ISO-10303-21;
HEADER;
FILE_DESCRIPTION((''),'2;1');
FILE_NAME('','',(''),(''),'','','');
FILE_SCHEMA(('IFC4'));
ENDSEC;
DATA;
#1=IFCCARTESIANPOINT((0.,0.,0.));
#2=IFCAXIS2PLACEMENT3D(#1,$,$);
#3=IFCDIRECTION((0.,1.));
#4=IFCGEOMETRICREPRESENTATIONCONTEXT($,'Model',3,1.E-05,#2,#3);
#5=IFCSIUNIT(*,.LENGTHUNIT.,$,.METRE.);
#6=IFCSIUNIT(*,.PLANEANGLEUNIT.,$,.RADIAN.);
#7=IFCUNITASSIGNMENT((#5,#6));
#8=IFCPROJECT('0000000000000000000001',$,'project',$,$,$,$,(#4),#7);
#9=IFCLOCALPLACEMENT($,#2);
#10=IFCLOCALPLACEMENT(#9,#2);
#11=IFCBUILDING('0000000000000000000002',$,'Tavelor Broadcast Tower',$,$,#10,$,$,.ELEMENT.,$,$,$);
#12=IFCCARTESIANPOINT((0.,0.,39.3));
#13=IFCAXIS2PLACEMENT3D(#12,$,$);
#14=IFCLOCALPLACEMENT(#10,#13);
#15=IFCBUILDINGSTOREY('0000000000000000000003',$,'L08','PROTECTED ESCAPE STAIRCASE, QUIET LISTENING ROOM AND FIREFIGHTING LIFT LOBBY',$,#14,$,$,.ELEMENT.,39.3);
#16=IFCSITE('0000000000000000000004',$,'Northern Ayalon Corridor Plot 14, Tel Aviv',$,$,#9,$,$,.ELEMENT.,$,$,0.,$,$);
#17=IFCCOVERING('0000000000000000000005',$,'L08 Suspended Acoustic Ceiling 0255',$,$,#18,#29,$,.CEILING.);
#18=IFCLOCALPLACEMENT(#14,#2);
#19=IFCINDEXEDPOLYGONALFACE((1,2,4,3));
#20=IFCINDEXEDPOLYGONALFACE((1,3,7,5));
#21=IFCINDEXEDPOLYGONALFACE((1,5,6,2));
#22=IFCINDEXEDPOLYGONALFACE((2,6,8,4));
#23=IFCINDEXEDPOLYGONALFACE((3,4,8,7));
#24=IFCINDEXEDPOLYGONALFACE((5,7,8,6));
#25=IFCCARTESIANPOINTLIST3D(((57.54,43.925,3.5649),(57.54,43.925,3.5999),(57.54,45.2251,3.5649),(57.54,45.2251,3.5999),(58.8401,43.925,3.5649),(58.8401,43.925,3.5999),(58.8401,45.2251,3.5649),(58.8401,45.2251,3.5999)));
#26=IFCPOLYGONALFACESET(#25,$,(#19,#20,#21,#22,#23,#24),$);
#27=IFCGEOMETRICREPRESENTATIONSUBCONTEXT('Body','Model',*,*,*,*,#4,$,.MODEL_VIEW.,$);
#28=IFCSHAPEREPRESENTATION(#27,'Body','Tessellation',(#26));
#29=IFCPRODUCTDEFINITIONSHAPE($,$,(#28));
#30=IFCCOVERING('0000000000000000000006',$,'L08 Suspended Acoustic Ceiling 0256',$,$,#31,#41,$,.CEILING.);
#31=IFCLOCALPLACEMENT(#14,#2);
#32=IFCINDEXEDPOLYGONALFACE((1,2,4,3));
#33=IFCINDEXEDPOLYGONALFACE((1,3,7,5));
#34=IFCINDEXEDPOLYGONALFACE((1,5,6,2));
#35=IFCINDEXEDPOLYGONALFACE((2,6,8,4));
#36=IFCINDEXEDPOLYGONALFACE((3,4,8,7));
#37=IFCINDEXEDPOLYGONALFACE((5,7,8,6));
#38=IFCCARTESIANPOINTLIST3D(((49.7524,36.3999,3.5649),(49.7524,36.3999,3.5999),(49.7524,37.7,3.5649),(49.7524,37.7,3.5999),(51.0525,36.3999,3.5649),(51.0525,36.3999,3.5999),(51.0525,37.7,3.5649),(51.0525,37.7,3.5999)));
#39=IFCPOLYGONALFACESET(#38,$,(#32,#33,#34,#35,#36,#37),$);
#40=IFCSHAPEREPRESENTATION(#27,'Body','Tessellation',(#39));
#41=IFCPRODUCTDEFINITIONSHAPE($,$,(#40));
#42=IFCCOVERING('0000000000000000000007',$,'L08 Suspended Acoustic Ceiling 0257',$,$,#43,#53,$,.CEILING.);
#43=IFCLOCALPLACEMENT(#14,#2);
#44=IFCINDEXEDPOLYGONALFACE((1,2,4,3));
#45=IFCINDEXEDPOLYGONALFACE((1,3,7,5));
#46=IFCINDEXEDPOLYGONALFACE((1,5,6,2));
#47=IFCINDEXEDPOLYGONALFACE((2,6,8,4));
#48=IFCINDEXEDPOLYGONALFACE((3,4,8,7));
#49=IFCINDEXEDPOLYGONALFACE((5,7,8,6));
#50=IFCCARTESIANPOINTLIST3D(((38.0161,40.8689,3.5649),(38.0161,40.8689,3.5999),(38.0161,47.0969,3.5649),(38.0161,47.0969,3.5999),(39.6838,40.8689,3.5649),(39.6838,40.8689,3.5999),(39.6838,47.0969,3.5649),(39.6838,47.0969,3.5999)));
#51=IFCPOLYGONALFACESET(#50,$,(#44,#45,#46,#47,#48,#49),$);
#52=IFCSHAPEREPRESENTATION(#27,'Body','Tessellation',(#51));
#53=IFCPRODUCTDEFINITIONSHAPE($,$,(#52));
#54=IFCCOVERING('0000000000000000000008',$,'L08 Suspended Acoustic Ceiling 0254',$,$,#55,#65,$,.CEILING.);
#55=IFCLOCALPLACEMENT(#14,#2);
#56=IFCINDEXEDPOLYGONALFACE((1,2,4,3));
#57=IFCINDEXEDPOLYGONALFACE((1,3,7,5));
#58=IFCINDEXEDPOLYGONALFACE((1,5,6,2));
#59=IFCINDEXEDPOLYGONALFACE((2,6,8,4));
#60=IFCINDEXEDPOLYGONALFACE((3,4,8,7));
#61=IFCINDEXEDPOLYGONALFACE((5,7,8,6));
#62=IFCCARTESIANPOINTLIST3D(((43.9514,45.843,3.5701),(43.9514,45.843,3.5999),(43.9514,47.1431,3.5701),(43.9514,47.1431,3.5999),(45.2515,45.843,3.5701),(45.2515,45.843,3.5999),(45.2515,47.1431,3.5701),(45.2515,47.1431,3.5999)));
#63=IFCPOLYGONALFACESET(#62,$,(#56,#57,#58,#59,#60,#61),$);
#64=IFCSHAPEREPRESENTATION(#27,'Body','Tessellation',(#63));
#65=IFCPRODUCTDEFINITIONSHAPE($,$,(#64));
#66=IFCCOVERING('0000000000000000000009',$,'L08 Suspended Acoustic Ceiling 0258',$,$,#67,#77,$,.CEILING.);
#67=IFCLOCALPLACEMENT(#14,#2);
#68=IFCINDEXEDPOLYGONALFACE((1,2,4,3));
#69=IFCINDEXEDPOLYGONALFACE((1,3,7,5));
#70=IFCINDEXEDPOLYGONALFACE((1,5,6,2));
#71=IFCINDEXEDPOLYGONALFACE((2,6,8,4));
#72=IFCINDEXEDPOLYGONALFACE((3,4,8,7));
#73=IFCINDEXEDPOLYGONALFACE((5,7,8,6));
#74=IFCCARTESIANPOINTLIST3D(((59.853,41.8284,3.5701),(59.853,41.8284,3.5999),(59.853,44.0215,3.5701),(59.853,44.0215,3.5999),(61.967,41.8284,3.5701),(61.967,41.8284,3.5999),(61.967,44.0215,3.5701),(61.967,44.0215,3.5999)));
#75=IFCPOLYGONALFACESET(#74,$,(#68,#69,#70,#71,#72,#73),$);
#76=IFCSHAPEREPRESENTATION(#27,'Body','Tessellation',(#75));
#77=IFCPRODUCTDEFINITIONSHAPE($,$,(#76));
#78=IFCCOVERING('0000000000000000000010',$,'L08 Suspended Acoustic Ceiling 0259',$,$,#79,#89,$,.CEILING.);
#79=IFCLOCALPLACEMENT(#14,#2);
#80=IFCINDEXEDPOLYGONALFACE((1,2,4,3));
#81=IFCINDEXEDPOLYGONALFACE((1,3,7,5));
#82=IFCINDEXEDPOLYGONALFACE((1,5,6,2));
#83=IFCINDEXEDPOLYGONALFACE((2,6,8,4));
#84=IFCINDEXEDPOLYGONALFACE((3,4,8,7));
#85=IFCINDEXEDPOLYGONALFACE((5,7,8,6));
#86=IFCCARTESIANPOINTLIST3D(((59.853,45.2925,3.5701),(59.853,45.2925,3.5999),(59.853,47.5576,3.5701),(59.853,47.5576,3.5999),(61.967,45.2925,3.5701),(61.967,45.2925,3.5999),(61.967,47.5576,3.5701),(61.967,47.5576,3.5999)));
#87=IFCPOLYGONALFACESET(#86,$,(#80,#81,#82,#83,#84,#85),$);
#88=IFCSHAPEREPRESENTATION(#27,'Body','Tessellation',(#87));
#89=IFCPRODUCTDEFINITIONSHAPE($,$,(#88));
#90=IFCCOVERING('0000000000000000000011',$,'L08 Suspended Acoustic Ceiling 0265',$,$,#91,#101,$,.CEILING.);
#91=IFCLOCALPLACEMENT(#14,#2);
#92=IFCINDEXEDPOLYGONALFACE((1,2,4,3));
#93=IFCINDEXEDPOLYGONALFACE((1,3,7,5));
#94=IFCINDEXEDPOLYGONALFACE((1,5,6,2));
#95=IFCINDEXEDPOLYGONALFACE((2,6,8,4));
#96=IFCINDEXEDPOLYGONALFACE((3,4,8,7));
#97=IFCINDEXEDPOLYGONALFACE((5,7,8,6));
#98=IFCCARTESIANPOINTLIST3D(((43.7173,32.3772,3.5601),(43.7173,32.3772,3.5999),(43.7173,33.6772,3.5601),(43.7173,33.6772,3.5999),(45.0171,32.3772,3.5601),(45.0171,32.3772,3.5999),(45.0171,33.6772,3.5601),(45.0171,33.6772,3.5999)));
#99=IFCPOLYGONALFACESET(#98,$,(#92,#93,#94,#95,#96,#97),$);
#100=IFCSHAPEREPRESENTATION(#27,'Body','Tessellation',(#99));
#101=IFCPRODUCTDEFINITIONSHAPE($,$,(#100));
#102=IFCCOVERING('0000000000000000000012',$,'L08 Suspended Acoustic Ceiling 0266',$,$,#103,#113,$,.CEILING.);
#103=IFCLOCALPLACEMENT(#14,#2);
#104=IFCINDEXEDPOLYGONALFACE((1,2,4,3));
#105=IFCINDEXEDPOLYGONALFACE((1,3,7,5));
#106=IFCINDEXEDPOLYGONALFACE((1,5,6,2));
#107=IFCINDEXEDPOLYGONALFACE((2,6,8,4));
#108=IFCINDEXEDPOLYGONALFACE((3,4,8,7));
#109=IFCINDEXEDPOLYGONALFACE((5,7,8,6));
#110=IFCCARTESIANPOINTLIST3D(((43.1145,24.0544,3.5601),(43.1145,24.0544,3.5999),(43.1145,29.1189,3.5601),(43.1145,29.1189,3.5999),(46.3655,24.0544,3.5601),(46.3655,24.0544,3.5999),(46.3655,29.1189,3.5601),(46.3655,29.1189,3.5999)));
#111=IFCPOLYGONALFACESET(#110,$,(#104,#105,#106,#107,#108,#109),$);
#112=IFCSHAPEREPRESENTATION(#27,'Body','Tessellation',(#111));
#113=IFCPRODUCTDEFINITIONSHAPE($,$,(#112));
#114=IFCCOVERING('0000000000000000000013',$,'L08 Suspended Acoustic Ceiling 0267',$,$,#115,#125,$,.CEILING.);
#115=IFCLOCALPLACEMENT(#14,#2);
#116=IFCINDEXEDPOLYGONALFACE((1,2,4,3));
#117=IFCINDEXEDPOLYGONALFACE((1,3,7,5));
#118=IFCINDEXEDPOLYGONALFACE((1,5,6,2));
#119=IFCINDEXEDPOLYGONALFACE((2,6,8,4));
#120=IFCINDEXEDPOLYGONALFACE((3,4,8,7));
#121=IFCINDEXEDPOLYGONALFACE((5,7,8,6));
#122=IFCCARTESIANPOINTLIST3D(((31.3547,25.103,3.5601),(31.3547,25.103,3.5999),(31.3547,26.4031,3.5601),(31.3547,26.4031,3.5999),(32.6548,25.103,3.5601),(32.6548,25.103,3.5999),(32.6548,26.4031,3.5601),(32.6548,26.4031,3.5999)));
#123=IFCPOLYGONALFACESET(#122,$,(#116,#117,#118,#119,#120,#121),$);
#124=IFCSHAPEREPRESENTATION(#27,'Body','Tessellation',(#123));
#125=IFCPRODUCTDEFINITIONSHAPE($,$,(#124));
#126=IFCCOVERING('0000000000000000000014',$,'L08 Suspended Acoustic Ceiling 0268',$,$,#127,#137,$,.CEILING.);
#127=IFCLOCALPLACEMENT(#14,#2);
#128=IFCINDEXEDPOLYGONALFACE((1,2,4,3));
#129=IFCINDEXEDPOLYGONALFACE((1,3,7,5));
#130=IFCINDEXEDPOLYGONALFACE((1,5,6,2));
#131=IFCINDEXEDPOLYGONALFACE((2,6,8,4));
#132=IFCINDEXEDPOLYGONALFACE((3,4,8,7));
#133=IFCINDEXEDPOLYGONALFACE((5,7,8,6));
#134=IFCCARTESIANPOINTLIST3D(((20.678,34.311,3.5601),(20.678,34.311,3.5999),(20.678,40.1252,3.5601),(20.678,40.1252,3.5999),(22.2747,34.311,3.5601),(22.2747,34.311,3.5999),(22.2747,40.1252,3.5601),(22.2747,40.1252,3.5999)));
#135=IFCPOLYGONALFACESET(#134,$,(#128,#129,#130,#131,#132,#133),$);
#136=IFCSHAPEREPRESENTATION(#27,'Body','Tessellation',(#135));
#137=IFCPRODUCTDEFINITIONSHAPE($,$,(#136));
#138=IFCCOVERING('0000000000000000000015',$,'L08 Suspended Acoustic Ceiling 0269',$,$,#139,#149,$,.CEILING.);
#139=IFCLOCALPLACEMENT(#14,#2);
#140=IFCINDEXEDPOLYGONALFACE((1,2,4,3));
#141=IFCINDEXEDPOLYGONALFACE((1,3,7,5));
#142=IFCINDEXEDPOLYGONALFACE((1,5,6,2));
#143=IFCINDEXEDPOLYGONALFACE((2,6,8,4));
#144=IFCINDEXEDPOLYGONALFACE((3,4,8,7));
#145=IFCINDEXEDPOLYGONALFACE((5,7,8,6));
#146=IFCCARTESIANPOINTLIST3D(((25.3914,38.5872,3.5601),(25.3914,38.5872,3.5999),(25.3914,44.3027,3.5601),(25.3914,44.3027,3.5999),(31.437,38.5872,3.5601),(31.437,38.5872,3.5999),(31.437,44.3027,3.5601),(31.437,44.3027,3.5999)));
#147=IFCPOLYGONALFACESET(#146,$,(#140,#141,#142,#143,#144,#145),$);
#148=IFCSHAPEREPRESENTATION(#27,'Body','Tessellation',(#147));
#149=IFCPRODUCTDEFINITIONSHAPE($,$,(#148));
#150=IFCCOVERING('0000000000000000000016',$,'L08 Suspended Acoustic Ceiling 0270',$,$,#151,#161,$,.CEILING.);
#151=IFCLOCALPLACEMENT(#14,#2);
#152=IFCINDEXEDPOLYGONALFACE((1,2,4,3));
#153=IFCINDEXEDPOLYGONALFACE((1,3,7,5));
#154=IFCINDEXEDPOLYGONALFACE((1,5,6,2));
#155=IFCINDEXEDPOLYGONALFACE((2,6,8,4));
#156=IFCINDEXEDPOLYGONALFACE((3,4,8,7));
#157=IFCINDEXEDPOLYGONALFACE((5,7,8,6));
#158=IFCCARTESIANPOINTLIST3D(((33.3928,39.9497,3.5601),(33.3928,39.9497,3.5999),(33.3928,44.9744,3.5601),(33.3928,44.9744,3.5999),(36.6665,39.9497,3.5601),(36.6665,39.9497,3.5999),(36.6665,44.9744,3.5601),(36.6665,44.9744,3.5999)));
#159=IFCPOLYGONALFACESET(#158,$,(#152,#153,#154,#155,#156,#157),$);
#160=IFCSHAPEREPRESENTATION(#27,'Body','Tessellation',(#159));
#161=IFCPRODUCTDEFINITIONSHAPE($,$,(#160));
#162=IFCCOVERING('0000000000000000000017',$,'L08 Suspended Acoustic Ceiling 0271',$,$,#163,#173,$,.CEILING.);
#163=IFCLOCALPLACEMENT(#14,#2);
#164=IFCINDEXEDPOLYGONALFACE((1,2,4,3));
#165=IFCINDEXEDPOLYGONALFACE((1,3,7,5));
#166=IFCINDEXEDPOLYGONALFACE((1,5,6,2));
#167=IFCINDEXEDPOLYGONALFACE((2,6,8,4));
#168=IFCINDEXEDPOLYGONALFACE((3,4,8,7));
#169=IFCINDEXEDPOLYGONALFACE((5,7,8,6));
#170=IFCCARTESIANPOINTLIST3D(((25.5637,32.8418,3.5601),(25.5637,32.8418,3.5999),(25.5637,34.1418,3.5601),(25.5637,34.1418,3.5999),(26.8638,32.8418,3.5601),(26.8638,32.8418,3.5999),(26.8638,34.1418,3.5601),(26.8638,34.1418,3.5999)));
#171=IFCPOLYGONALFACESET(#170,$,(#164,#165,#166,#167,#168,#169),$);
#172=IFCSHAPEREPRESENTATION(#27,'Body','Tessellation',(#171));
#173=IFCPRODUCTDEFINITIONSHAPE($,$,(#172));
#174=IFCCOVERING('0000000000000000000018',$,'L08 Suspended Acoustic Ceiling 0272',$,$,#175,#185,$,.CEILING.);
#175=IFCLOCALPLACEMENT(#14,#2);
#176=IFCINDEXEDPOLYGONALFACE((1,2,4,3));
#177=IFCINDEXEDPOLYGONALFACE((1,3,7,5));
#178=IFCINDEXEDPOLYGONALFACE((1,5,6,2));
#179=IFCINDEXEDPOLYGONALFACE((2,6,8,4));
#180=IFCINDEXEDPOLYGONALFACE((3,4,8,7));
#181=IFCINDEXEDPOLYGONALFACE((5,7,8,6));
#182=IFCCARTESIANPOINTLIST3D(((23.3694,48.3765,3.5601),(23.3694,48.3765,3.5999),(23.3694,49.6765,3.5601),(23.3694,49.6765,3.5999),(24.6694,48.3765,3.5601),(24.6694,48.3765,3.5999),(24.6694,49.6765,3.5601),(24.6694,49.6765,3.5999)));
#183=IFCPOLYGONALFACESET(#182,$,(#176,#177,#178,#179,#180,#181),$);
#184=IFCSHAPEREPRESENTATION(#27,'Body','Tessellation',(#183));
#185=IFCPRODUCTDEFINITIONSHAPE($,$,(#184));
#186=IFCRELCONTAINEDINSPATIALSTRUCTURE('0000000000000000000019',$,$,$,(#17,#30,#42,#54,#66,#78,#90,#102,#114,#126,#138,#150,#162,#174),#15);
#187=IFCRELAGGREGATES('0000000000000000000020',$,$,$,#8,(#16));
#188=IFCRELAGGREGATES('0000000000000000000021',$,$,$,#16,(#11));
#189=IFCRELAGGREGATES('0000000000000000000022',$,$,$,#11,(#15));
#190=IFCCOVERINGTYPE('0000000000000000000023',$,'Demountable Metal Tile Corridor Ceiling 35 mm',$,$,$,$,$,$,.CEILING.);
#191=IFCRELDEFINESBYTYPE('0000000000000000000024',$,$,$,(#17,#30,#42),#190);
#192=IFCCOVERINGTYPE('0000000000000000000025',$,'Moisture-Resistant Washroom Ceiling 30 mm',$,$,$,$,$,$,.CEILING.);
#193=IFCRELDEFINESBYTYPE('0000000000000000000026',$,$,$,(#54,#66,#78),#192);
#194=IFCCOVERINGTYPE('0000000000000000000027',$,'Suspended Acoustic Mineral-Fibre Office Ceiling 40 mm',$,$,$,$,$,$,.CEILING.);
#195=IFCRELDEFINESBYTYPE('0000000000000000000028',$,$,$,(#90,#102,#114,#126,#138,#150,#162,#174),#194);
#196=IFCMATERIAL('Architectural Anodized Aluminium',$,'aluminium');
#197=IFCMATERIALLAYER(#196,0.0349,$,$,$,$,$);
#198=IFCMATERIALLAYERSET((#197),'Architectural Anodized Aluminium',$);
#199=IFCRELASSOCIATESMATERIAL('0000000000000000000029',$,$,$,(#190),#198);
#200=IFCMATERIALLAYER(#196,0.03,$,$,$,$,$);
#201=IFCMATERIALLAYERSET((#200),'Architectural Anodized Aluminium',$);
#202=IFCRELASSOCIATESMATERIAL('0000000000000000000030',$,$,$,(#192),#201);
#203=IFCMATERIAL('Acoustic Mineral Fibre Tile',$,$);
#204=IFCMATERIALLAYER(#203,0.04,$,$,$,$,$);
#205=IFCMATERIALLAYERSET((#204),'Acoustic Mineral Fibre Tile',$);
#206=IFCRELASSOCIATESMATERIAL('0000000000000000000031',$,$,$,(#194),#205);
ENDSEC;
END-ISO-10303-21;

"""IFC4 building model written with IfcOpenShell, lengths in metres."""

from ifc_helpers import new_model, si_unit, direction, frame, origin, place, context, subcontext, project, spatial, polyline, outline, extrude, material, layer, layer_set, type_object, element, save


model = new_model("IFC4")

# Units and contexts
model_context = context("Model", 3, precision=1e-05, world=origin(), true_north=direction((0.0, 1.0)))
body_context = subcontext(model_context, "Body", "Model", "MODEL_VIEW")
ifc_project = project(units=[si_unit("LENGTHUNIT", "METRE"), si_unit("PLANEANGLEUNIT", "RADIAN")], contexts=[model_context])

# Site, building, storey
site_placement = place(None, origin())
site = spatial("IfcSite", under=ifc_project, at=site_placement, Name="Northern Ayalon Corridor Plot 14, Tel Aviv", CompositionType="ELEMENT", RefElevation=0.0)
building_placement = place(site_placement, origin())
building = spatial("IfcBuilding", under=site, at=building_placement, Name="Tavelor Broadcast Tower", CompositionType="ELEMENT")
storey_placement = place(building_placement, frame((0.0, 0.0, 39.3)))
storey = spatial("IfcBuildingStorey", under=building, at=storey_placement, Name="L08", Description="PROTECTED ESCAPE STAIRCASE, QUIET LISTENING ROOM AND FIREFIGHTING LIFT LOBBY", CompositionType="ELEMENT", Elevation=39.3)

# Coverings
ifc_material_1 = material(Name="Architectural Anodized Aluminium", Category="aluminium")
ifc_layer_1 = layer(ifc_material_1, 0.0349)
ifc_layer_set_1 = layer_set([ifc_layer_1], Name="Architectural Anodized Aluminium")
covering_type_1 = type_object("IfcCoveringType", Name="Demountable Metal Tile Corridor Ceiling 35 mm", PredefinedType="CEILING", material=ifc_layer_set_1)
covering_1_placement = place(storey_placement, frame((0.0, 0.0, 3.5649)))
element("IfcCovering", 1, at=covering_1_placement, inside=storey, type_object=covering_type_1, Name="L08 Suspended Acoustic Ceiling 0255", PredefinedType="CEILING", context=body_context, shape_type="SweptSolid", body=[
    extrude(outline(polyline([(57.54, 43.925), (58.8401, 43.925), (58.8401, 45.2251), (57.54, 45.2251), (57.54, 43.925)])), origin(), (0.0, 0.0, 1.0), 0.0349),
])
covering_2_placement = place(storey_placement, frame((0.0, 0.0, 3.5649)))
element("IfcCovering", 2, at=covering_2_placement, inside=storey, type_object=covering_type_1, Name="L08 Suspended Acoustic Ceiling 0256", PredefinedType="CEILING", context=body_context, shape_type="SweptSolid", body=[
    extrude(outline(polyline([(49.7524, 36.3999), (51.0525, 36.3999), (51.0525, 37.7), (49.7524, 37.7), (49.7524, 36.3999)])), origin(), (0.0, 0.0, 1.0), 0.0349),
])
covering_3_placement = place(storey_placement, frame((0.0, 0.0, 3.5649)))
element("IfcCovering", 3, at=covering_3_placement, inside=storey, type_object=covering_type_1, Name="L08 Suspended Acoustic Ceiling 0257", PredefinedType="CEILING", context=body_context, shape_type="SweptSolid", body=[
    extrude(outline(polyline([(38.0161, 40.8689), (39.6838, 40.8689), (39.6838, 47.0969), (38.0161, 47.0969), (38.0161, 40.8689)])), origin(), (0.0, 0.0, 1.0), 0.0349),
])
ifc_layer_2 = layer(ifc_material_1, 0.03)
ifc_layer_set_2 = layer_set([ifc_layer_2], Name="Architectural Anodized Aluminium")
covering_type_2 = type_object("IfcCoveringType", Name="Moisture-Resistant Washroom Ceiling 30 mm", PredefinedType="CEILING", material=ifc_layer_set_2)
covering_4_placement = place(storey_placement, frame((0.0, 0.0, 3.5701)))
element("IfcCovering", 4, at=covering_4_placement, inside=storey, type_object=covering_type_2, Name="L08 Suspended Acoustic Ceiling 0254", PredefinedType="CEILING", context=body_context, shape_type="SweptSolid", body=[
    extrude(outline(polyline([(43.9514, 45.843), (45.2515, 45.843), (45.2515, 47.1431), (43.9514, 47.1431), (43.9514, 45.843)])), origin(), (0.0, 0.0, 1.0), 0.0298),
])
covering_5_placement = place(storey_placement, frame((0.0, 0.0, 3.5701)))
element("IfcCovering", 5, at=covering_5_placement, inside=storey, type_object=covering_type_2, Name="L08 Suspended Acoustic Ceiling 0258", PredefinedType="CEILING", context=body_context, shape_type="SweptSolid", body=[
    extrude(outline(polyline([(59.853, 41.8284), (61.967, 41.8284), (61.967, 44.0215), (59.853, 44.0215), (59.853, 41.8284)])), origin(), (0.0, 0.0, 1.0), 0.0298),
])
covering_6_placement = place(storey_placement, frame((0.0, 0.0, 3.5701)))
element("IfcCovering", 6, at=covering_6_placement, inside=storey, type_object=covering_type_2, Name="L08 Suspended Acoustic Ceiling 0259", PredefinedType="CEILING", context=body_context, shape_type="SweptSolid", body=[
    extrude(outline(polyline([(59.853, 45.2925), (61.967, 45.2925), (61.967, 47.5576), (59.853, 47.5576), (59.853, 45.2925)])), origin(), (0.0, 0.0, 1.0), 0.0298),
])
ifc_material_2 = material(Name="Acoustic Mineral Fibre Tile")
ifc_layer_3 = layer(ifc_material_2, 0.04)
ifc_layer_set_3 = layer_set([ifc_layer_3], Name="Acoustic Mineral Fibre Tile")
covering_type_3 = type_object("IfcCoveringType", Name="Suspended Acoustic Mineral-Fibre Office Ceiling 40 mm", PredefinedType="CEILING", material=ifc_layer_set_3)
covering_7_placement = place(storey_placement, frame((0.0, 0.0, 3.5601)))
element("IfcCovering", 7, at=covering_7_placement, inside=storey, type_object=covering_type_3, Name="L08 Suspended Acoustic Ceiling 0265", PredefinedType="CEILING", context=body_context, shape_type="SweptSolid", body=[
    extrude(outline(polyline([(43.7173, 32.3772), (45.0171, 32.3772), (45.0171, 33.6772), (43.7173, 33.6772), (43.7173, 32.3772)])), origin(), (0.0, 0.0, 1.0), 0.0398),
])
covering_8_placement = place(storey_placement, frame((0.0, 0.0, 3.5601)))
element("IfcCovering", 8, at=covering_8_placement, inside=storey, type_object=covering_type_3, Name="L08 Suspended Acoustic Ceiling 0266", PredefinedType="CEILING", context=body_context, shape_type="SweptSolid", body=[
    extrude(outline(polyline([(43.1145, 24.0544), (46.3655, 24.0544), (46.3655, 29.1189), (43.1145, 29.1189), (43.1145, 24.0544)])), origin(), (0.0, 0.0, 1.0), 0.0398),
])
covering_9_placement = place(storey_placement, frame((0.0, 0.0, 3.5601)))
element("IfcCovering", 9, at=covering_9_placement, inside=storey, type_object=covering_type_3, Name="L08 Suspended Acoustic Ceiling 0267", PredefinedType="CEILING", context=body_context, shape_type="SweptSolid", body=[
    extrude(outline(polyline([(31.3547, 25.103), (32.6548, 25.103), (32.6548, 26.4031), (31.3547, 26.4031), (31.3547, 25.103)])), origin(), (0.0, 0.0, 1.0), 0.0398),
])
covering_10_placement = place(storey_placement, frame((0.0, 0.0, 3.5601)))
element("IfcCovering", 10, at=covering_10_placement, inside=storey, type_object=covering_type_3, Name="L08 Suspended Acoustic Ceiling 0268", PredefinedType="CEILING", context=body_context, shape_type="SweptSolid", body=[
    extrude(outline(polyline([(20.678, 34.311), (22.2747, 34.311), (22.2747, 40.1252), (20.678, 40.1252), (20.678, 34.311)])), origin(), (0.0, 0.0, 1.0), 0.0398),
])
covering_11_placement = place(storey_placement, frame((0.0, 0.0, 3.5601)))
element("IfcCovering", 11, at=covering_11_placement, inside=storey, type_object=covering_type_3, Name="L08 Suspended Acoustic Ceiling 0269", PredefinedType="CEILING", context=body_context, shape_type="SweptSolid", body=[
    extrude(outline(polyline([(25.3914, 38.5872), (31.437, 38.5872), (31.437, 44.3027), (25.3914, 44.3027), (25.3914, 38.5872)])), origin(), (0.0, 0.0, 1.0), 0.0398),
])
covering_12_placement = place(storey_placement, frame((0.0, 0.0, 3.5601)))
element("IfcCovering", 12, at=covering_12_placement, inside=storey, type_object=covering_type_3, Name="L08 Suspended Acoustic Ceiling 0270", PredefinedType="CEILING", context=body_context, shape_type="SweptSolid", body=[
    extrude(outline(polyline([(33.3928, 39.9497), (36.6665, 39.9497), (36.6665, 44.9744), (33.3928, 44.9744), (33.3928, 39.9497)])), origin(), (0.0, 0.0, 1.0), 0.0398),
])
covering_13_placement = place(storey_placement, frame((0.0, 0.0, 3.5601)))
element("IfcCovering", 13, at=covering_13_placement, inside=storey, type_object=covering_type_3, Name="L08 Suspended Acoustic Ceiling 0271", PredefinedType="CEILING", context=body_context, shape_type="SweptSolid", body=[
    extrude(outline(polyline([(25.5637, 32.8418), (26.8638, 32.8418), (26.8638, 34.1418), (25.5637, 34.1418), (25.5637, 32.8418)])), origin(), (0.0, 0.0, 1.0), 0.0398),
])
covering_14_placement = place(storey_placement, frame((0.0, 0.0, 3.5601)))
element("IfcCovering", 14, at=covering_14_placement, inside=storey, type_object=covering_type_3, Name="L08 Suspended Acoustic Ceiling 0272", PredefinedType="CEILING", context=body_context, shape_type="SweptSolid", body=[
    extrude(outline(polyline([(23.3694, 48.3765), (24.6694, 48.3765), (24.6694, 49.6765), (23.3694, 49.6765), (23.3694, 48.3765)])), origin(), (0.0, 0.0, 1.0), 0.0398),
])

save(model, "model.ifc")
